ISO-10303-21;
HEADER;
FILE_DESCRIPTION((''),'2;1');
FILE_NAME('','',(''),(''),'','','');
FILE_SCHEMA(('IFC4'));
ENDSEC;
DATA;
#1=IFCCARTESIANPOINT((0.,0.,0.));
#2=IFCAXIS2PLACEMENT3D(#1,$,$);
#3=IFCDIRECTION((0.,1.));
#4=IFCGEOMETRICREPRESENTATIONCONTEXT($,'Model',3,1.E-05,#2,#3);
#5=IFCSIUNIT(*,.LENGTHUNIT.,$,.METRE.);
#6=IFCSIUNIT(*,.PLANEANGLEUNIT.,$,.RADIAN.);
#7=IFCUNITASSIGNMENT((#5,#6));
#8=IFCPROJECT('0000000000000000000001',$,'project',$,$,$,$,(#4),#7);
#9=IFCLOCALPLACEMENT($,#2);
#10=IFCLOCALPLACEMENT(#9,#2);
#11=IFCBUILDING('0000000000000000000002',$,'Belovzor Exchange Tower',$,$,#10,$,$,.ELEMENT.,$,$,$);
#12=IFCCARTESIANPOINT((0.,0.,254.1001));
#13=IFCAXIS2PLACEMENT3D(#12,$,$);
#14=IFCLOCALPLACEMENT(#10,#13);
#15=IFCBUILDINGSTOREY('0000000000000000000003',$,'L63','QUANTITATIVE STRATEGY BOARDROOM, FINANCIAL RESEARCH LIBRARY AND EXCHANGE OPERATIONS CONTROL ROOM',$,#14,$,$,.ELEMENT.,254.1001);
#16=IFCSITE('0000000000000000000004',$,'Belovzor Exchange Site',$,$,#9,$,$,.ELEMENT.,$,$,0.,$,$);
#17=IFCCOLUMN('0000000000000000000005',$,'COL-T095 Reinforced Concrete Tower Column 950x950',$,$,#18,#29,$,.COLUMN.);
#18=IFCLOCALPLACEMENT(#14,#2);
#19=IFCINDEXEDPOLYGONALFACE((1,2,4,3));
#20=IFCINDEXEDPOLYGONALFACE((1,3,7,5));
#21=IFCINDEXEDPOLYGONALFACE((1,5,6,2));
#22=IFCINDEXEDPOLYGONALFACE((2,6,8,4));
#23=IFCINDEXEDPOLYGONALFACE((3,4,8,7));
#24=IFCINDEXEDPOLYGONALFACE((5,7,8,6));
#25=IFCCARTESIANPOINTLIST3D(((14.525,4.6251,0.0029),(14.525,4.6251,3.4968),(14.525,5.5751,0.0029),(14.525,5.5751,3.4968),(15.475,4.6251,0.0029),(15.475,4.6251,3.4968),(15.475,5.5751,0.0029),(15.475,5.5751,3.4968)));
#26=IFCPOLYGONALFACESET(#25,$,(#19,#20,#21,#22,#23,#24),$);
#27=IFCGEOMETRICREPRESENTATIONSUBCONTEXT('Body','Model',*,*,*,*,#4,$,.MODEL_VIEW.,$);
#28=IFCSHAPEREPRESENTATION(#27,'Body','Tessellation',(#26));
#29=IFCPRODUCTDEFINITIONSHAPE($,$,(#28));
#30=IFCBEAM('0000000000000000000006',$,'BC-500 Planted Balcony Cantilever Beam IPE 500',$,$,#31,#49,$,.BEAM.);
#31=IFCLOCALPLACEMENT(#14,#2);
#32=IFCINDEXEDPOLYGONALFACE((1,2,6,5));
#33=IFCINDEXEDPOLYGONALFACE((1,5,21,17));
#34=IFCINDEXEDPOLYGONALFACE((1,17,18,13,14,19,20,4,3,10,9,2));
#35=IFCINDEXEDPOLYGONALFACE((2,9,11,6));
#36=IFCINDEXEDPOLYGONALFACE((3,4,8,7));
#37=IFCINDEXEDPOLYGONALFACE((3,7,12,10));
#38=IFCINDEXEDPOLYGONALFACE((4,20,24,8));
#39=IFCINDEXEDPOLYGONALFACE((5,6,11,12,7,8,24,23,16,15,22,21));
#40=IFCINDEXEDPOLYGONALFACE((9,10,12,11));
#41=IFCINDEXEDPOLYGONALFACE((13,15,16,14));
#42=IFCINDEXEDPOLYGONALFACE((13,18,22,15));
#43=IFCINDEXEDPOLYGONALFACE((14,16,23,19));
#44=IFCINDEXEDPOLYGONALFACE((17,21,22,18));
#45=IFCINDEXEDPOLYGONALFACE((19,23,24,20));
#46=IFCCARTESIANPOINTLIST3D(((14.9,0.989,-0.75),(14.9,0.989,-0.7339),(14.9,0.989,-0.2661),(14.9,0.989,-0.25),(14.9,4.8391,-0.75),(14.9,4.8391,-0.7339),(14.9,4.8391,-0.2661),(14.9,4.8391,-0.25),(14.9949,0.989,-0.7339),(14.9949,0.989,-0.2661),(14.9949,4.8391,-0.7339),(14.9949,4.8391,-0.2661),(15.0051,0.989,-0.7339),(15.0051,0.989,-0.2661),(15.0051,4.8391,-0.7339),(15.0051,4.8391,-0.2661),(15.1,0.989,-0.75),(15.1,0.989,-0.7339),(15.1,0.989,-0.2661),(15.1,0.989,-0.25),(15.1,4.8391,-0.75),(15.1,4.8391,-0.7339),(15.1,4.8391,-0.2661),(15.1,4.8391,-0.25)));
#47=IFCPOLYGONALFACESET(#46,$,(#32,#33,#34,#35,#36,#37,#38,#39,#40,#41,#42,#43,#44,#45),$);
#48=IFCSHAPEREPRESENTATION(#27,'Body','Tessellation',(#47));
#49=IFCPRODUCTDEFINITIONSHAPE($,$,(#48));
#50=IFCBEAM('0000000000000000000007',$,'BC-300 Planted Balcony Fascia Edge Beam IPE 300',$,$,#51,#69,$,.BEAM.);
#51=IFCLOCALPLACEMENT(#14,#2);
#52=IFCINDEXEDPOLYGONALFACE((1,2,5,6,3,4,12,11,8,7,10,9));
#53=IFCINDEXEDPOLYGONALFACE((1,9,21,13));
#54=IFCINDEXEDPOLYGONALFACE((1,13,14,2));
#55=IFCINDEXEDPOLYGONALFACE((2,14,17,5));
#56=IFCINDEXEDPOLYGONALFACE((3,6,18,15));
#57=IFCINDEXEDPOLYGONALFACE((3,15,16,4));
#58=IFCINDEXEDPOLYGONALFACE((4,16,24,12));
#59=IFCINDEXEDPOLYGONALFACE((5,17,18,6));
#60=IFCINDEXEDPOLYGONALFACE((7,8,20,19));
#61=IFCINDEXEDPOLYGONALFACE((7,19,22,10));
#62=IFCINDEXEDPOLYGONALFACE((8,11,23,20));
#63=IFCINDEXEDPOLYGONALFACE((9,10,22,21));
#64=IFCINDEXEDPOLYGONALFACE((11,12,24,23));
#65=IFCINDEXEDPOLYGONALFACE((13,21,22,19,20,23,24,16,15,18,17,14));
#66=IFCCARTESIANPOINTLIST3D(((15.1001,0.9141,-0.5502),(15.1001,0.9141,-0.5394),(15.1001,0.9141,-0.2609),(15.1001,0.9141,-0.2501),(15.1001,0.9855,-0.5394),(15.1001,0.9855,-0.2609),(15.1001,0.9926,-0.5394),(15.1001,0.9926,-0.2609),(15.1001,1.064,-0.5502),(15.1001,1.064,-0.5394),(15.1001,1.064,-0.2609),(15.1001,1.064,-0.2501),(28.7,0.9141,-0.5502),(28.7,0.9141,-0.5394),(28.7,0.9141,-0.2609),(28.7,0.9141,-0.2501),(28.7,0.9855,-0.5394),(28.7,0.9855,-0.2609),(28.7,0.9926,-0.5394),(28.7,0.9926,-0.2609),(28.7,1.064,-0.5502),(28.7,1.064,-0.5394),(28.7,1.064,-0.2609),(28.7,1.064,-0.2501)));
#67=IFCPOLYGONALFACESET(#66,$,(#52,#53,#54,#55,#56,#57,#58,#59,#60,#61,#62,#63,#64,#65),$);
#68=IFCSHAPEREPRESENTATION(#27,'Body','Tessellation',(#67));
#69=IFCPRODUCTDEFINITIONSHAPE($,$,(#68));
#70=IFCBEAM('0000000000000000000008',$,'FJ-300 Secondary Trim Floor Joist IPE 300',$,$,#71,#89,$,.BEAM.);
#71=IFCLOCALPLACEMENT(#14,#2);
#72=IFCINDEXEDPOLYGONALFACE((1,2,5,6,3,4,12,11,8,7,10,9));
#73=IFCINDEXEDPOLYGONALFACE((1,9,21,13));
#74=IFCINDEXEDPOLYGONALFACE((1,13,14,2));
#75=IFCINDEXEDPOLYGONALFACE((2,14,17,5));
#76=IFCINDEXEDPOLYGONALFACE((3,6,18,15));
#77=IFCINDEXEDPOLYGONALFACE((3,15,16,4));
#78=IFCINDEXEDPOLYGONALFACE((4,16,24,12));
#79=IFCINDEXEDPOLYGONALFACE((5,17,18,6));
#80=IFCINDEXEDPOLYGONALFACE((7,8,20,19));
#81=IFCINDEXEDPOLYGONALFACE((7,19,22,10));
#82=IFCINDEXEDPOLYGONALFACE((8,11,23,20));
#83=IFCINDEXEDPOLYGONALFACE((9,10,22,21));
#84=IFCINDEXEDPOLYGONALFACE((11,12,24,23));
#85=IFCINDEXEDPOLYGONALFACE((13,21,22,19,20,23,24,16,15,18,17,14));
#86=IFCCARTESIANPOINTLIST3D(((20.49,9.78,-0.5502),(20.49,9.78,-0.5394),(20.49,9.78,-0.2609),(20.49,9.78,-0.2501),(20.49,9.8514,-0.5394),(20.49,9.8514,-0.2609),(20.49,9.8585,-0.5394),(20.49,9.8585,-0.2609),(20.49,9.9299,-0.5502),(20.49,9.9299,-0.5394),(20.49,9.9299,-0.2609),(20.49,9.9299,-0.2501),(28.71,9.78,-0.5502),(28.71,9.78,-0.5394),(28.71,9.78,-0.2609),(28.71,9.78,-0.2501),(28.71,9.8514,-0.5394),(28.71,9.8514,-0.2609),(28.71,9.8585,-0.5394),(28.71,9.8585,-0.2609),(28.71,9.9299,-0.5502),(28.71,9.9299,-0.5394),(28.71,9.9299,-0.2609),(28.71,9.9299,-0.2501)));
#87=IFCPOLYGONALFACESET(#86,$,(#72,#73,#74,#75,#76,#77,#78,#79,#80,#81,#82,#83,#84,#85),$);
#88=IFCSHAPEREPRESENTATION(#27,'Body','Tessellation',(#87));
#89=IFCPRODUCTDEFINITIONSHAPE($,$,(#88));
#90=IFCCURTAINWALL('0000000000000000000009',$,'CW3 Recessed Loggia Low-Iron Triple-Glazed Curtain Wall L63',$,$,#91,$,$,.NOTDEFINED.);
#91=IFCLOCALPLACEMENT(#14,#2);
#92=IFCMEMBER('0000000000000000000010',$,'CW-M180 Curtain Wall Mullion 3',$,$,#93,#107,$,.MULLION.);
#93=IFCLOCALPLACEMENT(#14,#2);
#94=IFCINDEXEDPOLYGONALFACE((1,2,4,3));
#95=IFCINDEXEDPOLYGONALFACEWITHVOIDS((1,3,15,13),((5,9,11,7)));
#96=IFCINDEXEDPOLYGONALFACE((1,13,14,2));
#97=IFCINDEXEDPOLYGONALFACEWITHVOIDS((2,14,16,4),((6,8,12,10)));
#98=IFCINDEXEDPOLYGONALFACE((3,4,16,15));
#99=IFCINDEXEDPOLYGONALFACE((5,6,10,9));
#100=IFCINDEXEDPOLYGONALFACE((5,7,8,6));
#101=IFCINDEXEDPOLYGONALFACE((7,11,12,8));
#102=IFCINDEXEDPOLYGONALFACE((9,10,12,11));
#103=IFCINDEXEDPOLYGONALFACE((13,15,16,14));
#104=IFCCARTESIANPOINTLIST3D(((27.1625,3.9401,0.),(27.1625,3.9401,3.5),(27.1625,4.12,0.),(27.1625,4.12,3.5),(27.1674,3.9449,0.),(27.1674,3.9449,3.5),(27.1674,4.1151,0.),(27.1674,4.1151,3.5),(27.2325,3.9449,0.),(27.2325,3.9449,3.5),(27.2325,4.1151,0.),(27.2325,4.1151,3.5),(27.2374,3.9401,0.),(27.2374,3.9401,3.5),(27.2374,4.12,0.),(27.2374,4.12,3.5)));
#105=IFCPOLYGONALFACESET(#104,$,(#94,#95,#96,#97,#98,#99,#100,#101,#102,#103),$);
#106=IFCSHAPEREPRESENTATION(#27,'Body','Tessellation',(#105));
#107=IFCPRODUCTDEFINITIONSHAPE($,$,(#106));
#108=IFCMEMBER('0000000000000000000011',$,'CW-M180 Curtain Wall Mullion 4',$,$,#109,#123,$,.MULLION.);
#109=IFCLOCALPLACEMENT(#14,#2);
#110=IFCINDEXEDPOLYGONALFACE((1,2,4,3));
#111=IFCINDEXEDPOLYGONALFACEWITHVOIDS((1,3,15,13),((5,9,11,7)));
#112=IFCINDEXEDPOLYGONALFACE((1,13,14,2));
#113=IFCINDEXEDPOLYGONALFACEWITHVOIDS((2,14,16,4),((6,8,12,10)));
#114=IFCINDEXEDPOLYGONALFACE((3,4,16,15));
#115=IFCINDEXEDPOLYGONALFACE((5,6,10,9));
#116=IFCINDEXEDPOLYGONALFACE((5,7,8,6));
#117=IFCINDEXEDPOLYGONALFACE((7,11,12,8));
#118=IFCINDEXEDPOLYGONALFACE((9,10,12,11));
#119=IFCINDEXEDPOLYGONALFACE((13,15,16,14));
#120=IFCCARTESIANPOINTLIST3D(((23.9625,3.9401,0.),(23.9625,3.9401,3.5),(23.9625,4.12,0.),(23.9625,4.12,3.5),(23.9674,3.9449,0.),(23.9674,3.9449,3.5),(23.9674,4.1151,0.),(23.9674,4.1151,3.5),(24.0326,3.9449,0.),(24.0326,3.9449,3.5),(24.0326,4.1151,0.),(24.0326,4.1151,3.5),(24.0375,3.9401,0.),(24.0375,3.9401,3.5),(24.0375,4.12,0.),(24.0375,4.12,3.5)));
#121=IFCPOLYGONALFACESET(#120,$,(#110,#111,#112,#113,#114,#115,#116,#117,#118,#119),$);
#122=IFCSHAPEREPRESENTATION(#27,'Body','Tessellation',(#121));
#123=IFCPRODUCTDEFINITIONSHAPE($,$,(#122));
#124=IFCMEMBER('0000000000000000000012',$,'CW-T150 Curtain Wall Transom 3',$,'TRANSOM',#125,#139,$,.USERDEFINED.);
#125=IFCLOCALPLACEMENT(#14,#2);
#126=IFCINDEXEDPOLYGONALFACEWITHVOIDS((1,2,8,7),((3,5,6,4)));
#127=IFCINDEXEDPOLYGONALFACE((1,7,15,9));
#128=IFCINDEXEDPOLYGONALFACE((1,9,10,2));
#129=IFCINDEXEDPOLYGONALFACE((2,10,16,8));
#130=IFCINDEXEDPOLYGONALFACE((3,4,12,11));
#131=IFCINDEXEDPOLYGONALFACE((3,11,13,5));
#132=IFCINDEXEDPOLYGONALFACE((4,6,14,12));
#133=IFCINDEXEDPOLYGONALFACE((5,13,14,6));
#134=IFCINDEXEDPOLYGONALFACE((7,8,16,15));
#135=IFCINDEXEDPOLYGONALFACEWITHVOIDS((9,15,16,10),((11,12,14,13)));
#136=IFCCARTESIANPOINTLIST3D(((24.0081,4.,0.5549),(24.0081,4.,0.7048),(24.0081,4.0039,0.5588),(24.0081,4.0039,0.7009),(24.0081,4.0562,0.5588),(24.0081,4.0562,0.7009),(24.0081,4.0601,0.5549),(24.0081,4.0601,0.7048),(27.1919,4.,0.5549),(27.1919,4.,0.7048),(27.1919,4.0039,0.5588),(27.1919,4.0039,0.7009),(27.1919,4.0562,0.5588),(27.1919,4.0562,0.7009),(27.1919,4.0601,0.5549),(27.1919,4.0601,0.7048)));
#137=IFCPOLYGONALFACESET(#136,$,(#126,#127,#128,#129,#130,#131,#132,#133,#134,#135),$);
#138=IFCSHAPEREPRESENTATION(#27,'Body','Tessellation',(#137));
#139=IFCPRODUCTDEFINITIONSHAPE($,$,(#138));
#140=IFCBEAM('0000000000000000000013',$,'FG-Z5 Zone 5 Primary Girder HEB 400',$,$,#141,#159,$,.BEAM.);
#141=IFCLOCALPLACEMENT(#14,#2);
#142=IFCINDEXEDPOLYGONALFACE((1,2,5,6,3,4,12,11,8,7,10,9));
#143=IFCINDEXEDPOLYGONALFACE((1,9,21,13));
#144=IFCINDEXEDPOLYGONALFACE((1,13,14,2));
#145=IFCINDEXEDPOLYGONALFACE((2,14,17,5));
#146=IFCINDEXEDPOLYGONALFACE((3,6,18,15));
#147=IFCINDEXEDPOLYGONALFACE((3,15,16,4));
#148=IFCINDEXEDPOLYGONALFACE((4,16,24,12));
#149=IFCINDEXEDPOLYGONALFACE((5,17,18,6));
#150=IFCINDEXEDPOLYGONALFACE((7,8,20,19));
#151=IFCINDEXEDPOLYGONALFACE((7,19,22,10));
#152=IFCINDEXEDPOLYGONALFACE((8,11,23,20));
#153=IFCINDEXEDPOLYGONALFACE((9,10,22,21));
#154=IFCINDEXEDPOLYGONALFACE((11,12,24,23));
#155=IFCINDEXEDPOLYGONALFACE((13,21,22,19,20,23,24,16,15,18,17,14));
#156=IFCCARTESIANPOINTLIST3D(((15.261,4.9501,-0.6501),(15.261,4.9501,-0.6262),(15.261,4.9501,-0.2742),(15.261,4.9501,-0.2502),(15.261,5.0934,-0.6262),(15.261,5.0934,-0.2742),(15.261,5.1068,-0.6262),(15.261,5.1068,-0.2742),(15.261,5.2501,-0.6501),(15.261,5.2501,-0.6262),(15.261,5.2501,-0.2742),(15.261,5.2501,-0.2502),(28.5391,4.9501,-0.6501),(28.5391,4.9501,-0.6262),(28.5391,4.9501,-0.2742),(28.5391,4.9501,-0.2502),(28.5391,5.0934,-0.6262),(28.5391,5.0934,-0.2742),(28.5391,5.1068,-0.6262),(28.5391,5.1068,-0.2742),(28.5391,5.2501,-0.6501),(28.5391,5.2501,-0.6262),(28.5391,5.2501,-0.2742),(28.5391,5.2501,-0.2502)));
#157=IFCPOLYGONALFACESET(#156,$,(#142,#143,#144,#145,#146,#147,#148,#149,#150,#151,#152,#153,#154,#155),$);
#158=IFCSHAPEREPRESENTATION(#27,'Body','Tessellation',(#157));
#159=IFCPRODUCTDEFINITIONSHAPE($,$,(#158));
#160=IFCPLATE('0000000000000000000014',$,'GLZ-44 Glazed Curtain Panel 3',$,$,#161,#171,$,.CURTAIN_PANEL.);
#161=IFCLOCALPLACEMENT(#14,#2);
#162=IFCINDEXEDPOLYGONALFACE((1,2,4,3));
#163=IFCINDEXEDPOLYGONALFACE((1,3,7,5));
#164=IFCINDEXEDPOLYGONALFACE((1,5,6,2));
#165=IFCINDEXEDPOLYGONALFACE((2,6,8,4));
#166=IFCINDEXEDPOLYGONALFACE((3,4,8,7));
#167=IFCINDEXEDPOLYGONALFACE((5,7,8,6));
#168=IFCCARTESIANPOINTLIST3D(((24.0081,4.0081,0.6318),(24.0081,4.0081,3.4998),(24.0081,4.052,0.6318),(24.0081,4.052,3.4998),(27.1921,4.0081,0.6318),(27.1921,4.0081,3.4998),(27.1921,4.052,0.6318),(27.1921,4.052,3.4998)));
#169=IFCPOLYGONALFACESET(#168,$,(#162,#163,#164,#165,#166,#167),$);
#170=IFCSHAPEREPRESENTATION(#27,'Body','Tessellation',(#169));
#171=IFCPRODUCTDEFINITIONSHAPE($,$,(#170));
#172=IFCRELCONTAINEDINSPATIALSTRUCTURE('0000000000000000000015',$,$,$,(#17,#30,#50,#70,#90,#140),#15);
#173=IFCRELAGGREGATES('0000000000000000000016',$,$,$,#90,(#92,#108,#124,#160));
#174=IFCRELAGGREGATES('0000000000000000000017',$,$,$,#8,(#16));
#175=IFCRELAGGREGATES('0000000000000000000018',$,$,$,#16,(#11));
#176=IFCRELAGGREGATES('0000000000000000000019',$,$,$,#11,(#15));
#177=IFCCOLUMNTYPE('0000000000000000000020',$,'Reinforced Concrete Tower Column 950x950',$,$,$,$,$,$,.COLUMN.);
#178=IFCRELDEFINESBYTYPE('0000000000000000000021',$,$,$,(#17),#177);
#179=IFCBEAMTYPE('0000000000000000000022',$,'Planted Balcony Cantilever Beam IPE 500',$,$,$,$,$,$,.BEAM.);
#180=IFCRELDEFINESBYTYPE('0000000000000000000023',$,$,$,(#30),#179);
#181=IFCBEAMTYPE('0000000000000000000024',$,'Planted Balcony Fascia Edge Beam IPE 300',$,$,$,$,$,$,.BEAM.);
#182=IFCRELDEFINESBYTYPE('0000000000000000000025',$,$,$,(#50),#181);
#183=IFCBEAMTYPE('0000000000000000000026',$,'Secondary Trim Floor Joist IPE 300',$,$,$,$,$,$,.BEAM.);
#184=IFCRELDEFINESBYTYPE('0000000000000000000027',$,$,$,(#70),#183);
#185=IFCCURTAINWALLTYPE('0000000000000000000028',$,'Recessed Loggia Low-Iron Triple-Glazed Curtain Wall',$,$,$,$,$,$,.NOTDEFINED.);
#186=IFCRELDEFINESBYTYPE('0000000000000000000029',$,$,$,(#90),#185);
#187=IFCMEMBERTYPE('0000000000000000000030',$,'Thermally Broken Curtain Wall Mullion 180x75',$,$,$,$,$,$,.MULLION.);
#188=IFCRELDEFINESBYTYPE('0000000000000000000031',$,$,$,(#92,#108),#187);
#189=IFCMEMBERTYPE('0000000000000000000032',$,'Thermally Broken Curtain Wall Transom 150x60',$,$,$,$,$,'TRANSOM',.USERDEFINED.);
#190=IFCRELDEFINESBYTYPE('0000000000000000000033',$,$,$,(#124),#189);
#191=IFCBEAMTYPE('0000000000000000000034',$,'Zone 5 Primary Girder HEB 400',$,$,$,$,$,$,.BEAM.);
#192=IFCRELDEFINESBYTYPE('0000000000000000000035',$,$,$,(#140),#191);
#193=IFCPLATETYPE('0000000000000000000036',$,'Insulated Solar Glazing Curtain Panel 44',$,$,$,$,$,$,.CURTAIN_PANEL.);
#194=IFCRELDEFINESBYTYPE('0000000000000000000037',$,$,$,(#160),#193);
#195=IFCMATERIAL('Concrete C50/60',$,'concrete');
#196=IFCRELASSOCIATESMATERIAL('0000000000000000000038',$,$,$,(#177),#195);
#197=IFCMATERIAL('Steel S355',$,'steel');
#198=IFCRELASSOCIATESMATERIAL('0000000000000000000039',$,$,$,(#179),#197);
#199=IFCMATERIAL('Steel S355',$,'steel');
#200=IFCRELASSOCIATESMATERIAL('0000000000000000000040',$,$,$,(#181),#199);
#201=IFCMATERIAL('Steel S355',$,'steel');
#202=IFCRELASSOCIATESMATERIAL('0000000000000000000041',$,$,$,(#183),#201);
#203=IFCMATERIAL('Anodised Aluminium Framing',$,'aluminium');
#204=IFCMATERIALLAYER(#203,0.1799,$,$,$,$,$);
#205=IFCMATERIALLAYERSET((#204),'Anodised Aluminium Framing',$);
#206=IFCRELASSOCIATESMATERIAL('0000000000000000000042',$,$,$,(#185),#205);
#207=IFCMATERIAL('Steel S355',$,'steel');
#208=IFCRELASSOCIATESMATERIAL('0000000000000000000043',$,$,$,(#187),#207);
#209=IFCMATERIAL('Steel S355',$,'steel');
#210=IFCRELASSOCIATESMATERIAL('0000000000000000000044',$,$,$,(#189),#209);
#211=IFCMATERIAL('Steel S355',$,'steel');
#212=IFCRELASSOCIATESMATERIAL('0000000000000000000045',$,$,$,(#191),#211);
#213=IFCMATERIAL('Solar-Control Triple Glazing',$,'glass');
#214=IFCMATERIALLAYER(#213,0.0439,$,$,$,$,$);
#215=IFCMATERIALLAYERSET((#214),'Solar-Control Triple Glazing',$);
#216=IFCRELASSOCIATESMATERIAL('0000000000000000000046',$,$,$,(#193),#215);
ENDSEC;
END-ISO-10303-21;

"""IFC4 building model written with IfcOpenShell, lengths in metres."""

from ifc_helpers import new_model, si_unit, direction, frame, origin, origin_2d, place, context, subcontext, project, spatial, rectangle, hollow_rectangle, i_section, extrude, material, layer, layer_set, material_profile, profile_set, type_object, element, aggregate, save


model = new_model("IFC4")

# Units and contexts
model_context = context("Model", 3, precision=1e-05, world=origin(), true_north=direction((0.0, 1.0)))
body_context = subcontext(model_context, "Body", "Model", "MODEL_VIEW")
ifc_project = project(units=[si_unit("LENGTHUNIT", "METRE"), si_unit("PLANEANGLEUNIT", "RADIAN")], contexts=[model_context])

# Site, building, storey
site_placement = place(None, origin())
site = spatial("IfcSite", under=ifc_project, at=site_placement, Name="Belovzor Exchange Site", CompositionType="ELEMENT", RefElevation=0.0)
building_placement = place(site_placement, origin())
building = spatial("IfcBuilding", under=site, at=building_placement, Name="Belovzor Exchange Tower", CompositionType="ELEMENT")
storey_placement = place(building_placement, frame((0.0, 0.0, 254.1001)))
storey = spatial("IfcBuildingStorey", under=building, at=storey_placement, Name="L63", Description="QUANTITATIVE STRATEGY BOARDROOM, FINANCIAL RESEARCH LIBRARY AND EXCHANGE OPERATIONS CONTROL ROOM", CompositionType="ELEMENT", Elevation=254.1001)

# Column
ifc_material_1 = material(Name="Concrete C50/60", Category="concrete")
ifc_material_profile_1 = material_profile(ifc_material_1, rectangle(XDim=0.95, YDim=0.95, at=origin_2d()))
ifc_profile_set_1 = profile_set([ifc_material_profile_1], Name="Concrete C50/60")
column_type = type_object("IfcColumnType", Name="Reinforced Concrete Tower Column 950x950", PredefinedType="COLUMN", material=ifc_profile_set_1)
column_placement = place(storey_placement, frame((15.0, 5.1001, 0.0029), z_axis=(0.0, 0.0, 1.0), x_axis=(1.0, 0.0, 0.0)))
element("IfcColumn", 1, at=column_placement, inside=storey, type_object=column_type, Name="COL-T095 Reinforced Concrete Tower Column 950x950", PredefinedType="COLUMN", context=body_context, shape_type="SweptSolid", body=[
    extrude(rectangle(XDim=0.95, YDim=0.95, at=origin_2d()), origin(), (0.0, 0.0, 1.0), 3.4939),
])

# Beams
ifc_material_2 = material(Name="Steel S355", Category="steel")
ifc_material_profile_2 = material_profile(ifc_material_2, i_section(OverallWidth=0.2, OverallDepth=0.5, WebThickness=0.0103, FlangeThickness=0.0161, at=origin_2d()))
ifc_profile_set_2 = profile_set([ifc_material_profile_2], Name="Steel S355")
beam_type_1 = type_object("IfcBeamType", Name="Planted Balcony Cantilever Beam IPE 500", PredefinedType="BEAM", material=ifc_profile_set_2)
beam_1_placement = place(storey_placement, frame((15.0, 4.8391, -0.5), z_axis=(0.0, -1.0, 0.0), x_axis=(1.0, 0.0, 0.0)))
element("IfcBeam", 2, at=beam_1_placement, inside=storey, type_object=beam_type_1, Name="BC-500 Planted Balcony Cantilever Beam IPE 500", PredefinedType="BEAM", context=body_context, shape_type="SweptSolid", body=[
    extrude(i_section(OverallWidth=0.2, OverallDepth=0.5, WebThickness=0.0103, FlangeThickness=0.0161, at=origin_2d()), origin(), (0.0, 0.0, 1.0), 3.8501),
])
ifc_material_3 = material(Name="Steel S355", Category="steel")
ifc_material_profile_3 = material_profile(ifc_material_3, i_section(OverallWidth=0.1499, OverallDepth=0.3, WebThickness=0.0071, FlangeThickness=0.0107, at=origin_2d()))
ifc_profile_set_3 = profile_set([ifc_material_profile_3], Name="Steel S355")
beam_type_2 = type_object("IfcBeamType", Name="Planted Balcony Fascia Edge Beam IPE 300", PredefinedType="BEAM", material=ifc_profile_set_3)
beam_2_placement = place(storey_placement, frame((15.1001, 0.989, -0.4001), z_axis=(1.0, 0.0, 0.0), x_axis=(0.0, 1.0, 0.0)))
element("IfcBeam", 3, at=beam_2_placement, inside=storey, type_object=beam_type_2, Name="BC-300 Planted Balcony Fascia Edge Beam IPE 300", PredefinedType="BEAM", context=body_context, shape_type="SweptSolid", body=[
    extrude(i_section(OverallWidth=0.1499, OverallDepth=0.3, WebThickness=0.0071, FlangeThickness=0.0107, at=origin_2d()), origin(), (0.0, 0.0, 1.0), 13.5999),
])
ifc_material_4 = material(Name="Steel S355", Category="steel")
ifc_material_profile_4 = material_profile(ifc_material_4, i_section(OverallWidth=0.1499, OverallDepth=0.3, WebThickness=0.0071, FlangeThickness=0.0107, at=origin_2d()))
ifc_profile_set_4 = profile_set([ifc_material_profile_4], Name="Steel S355")
beam_type_3 = type_object("IfcBeamType", Name="Secondary Trim Floor Joist IPE 300", PredefinedType="BEAM", material=ifc_profile_set_4)
beam_3_placement = place(storey_placement, frame((20.49, 9.855, -0.4001), z_axis=(1.0, 0.0, 0.0), x_axis=(0.0, 1.0, 0.0)))
element("IfcBeam", 4, at=beam_3_placement, inside=storey, type_object=beam_type_3, Name="FJ-300 Secondary Trim Floor Joist IPE 300", PredefinedType="BEAM", context=body_context, shape_type="SweptSolid", body=[
    extrude(i_section(OverallWidth=0.1499, OverallDepth=0.3, WebThickness=0.0071, FlangeThickness=0.0107, at=origin_2d()), origin(), (0.0, 0.0, 1.0), 8.22),
])

# Curtain wall, members
ifc_material_5 = material(Name="Anodised Aluminium Framing", Category="aluminium")
ifc_layer_1 = layer(ifc_material_5, 0.1799)
ifc_layer_set_1 = layer_set([ifc_layer_1], Name="Anodised Aluminium Framing")
curtain_wall_type = type_object("IfcCurtainWallType", Name="Recessed Loggia Low-Iron Triple-Glazed Curtain Wall", PredefinedType="NOTDEFINED", material=ifc_layer_set_1)
curtain_wall_placement = place(storey_placement, origin())
curtain_wall = element("IfcCurtainWall", 5, at=curtain_wall_placement, inside=storey, type_object=curtain_wall_type, Name="CW3 Recessed Loggia Low-Iron Triple-Glazed Curtain Wall L63", PredefinedType="NOTDEFINED")
ifc_material_6 = material(Name="Steel S355", Category="steel")
ifc_material_profile_5 = material_profile(ifc_material_6, hollow_rectangle(XDim=0.075, YDim=0.1799, WallThickness=0.0049, at=origin_2d()))
ifc_profile_set_5 = profile_set([ifc_material_profile_5], Name="Steel S355")
member_type_1 = type_object("IfcMemberType", Name="Thermally Broken Curtain Wall Mullion 180x75", PredefinedType="MULLION", material=ifc_profile_set_5)
member_1_placement = place(storey_placement, frame((27.2, 4.03, 0.0), z_axis=(0.0, 0.0, 1.0), x_axis=(-1.0, 0.0, 0.0)))
member_1 = element("IfcMember", 6, at=member_1_placement, type_object=member_type_1, Name="CW-M180 Curtain Wall Mullion 3", PredefinedType="MULLION", context=body_context, shape_type="SweptSolid", body=[
    extrude(hollow_rectangle(XDim=0.075, YDim=0.1799, WallThickness=0.0049, at=origin_2d()), origin(), (0.0, 0.0, 1.0), 3.5),
])
member_2_placement = place(storey_placement, frame((24.0, 4.03, 0.0), z_axis=(0.0, 0.0, 1.0), x_axis=(-1.0, 0.0, 0.0)))
member_2 = element("IfcMember", 7, at=member_2_placement, type_object=member_type_1, Name="CW-M180 Curtain Wall Mullion 4", PredefinedType="MULLION", context=body_context, shape_type="SweptSolid", body=[
    extrude(hollow_rectangle(XDim=0.075, YDim=0.1799, WallThickness=0.0049, at=origin_2d()), origin(), (0.0, 0.0, 1.0), 3.5),
])
ifc_material_7 = material(Name="Steel S355", Category="steel")
ifc_material_profile_6 = material_profile(ifc_material_7, hollow_rectangle(XDim=0.0601, YDim=0.1499, WallThickness=0.0039, at=origin_2d()))
ifc_profile_set_6 = profile_set([ifc_material_profile_6], Name="Steel S355")
member_type_2 = type_object("IfcMemberType", Name="Thermally Broken Curtain Wall Transom 150x60", ElementType="TRANSOM", PredefinedType="USERDEFINED", material=ifc_profile_set_6)
member_3_placement = place(storey_placement, frame((27.1919, 4.03, 0.6299), z_axis=(-1.0, 0.0, 0.0), x_axis=(0.0, -1.0, 0.0)))
member_3 = element("IfcMember", 8, at=member_3_placement, type_object=member_type_2, Name="CW-T150 Curtain Wall Transom 3", ObjectType="TRANSOM", PredefinedType="USERDEFINED", context=body_context, shape_type="SweptSolid", body=[
    extrude(hollow_rectangle(XDim=0.0601, YDim=0.1499, WallThickness=0.0039, at=origin_2d()), origin(), (0.0, 0.0, 1.0), 3.1838),
])

# Beam
ifc_material_8 = material(Name="Steel S355", Category="steel")
ifc_material_profile_7 = material_profile(ifc_material_8, i_section(OverallWidth=0.3, OverallDepth=0.3999, WebThickness=0.0134, FlangeThickness=0.0239, at=origin_2d()))
ifc_profile_set_7 = profile_set([ifc_material_profile_7], Name="Steel S355")
beam_type_4 = type_object("IfcBeamType", Name="Zone 5 Primary Girder HEB 400", PredefinedType="BEAM", material=ifc_profile_set_7)
beam_4_placement = place(storey_placement, frame((15.261, 5.1001, -0.4502), z_axis=(1.0, 0.0, 0.0), x_axis=(0.0, 1.0, 0.0)))
element("IfcBeam", 9, at=beam_4_placement, inside=storey, type_object=beam_type_4, Name="FG-Z5 Zone 5 Primary Girder HEB 400", PredefinedType="BEAM", context=body_context, shape_type="SweptSolid", body=[
    extrude(i_section(OverallWidth=0.3, OverallDepth=0.3999, WebThickness=0.0134, FlangeThickness=0.0239, at=origin_2d()), origin(), (0.0, 0.0, 1.0), 13.2781),
])

# Plate
ifc_material_9 = material(Name="Solar-Control Triple Glazing", Category="glass")
ifc_layer_2 = layer(ifc_material_9, 0.0439)
ifc_layer_set_2 = layer_set([ifc_layer_2], Name="Solar-Control Triple Glazing")
plate_type_1 = type_object("IfcPlateType", Name="Insulated Solar Glazing Curtain Panel 44", PredefinedType="CURTAIN_PANEL", material=ifc_layer_set_2)
plate_1_placement = place(storey_placement, frame((25.6001, 4.03, 0.6318), z_axis=(0.0, 0.0, 1.0), x_axis=(-1.0, 0.0, 0.0)))
plate_1 = element("IfcPlate", 10, at=plate_1_placement, type_object=plate_type_1, Name="GLZ-44 Glazed Curtain Panel 3", PredefinedType="CURTAIN_PANEL", context=body_context, shape_type="SweptSolid", body=[
    extrude(rectangle(XDim=3.1841, YDim=0.0439, at=origin_2d()), origin(), (0.0, 0.0, 1.0), 2.8679),
])
aggregate(curtain_wall, [member_1, member_2, member_3, plate_1])

save(model, "model.ifc")
